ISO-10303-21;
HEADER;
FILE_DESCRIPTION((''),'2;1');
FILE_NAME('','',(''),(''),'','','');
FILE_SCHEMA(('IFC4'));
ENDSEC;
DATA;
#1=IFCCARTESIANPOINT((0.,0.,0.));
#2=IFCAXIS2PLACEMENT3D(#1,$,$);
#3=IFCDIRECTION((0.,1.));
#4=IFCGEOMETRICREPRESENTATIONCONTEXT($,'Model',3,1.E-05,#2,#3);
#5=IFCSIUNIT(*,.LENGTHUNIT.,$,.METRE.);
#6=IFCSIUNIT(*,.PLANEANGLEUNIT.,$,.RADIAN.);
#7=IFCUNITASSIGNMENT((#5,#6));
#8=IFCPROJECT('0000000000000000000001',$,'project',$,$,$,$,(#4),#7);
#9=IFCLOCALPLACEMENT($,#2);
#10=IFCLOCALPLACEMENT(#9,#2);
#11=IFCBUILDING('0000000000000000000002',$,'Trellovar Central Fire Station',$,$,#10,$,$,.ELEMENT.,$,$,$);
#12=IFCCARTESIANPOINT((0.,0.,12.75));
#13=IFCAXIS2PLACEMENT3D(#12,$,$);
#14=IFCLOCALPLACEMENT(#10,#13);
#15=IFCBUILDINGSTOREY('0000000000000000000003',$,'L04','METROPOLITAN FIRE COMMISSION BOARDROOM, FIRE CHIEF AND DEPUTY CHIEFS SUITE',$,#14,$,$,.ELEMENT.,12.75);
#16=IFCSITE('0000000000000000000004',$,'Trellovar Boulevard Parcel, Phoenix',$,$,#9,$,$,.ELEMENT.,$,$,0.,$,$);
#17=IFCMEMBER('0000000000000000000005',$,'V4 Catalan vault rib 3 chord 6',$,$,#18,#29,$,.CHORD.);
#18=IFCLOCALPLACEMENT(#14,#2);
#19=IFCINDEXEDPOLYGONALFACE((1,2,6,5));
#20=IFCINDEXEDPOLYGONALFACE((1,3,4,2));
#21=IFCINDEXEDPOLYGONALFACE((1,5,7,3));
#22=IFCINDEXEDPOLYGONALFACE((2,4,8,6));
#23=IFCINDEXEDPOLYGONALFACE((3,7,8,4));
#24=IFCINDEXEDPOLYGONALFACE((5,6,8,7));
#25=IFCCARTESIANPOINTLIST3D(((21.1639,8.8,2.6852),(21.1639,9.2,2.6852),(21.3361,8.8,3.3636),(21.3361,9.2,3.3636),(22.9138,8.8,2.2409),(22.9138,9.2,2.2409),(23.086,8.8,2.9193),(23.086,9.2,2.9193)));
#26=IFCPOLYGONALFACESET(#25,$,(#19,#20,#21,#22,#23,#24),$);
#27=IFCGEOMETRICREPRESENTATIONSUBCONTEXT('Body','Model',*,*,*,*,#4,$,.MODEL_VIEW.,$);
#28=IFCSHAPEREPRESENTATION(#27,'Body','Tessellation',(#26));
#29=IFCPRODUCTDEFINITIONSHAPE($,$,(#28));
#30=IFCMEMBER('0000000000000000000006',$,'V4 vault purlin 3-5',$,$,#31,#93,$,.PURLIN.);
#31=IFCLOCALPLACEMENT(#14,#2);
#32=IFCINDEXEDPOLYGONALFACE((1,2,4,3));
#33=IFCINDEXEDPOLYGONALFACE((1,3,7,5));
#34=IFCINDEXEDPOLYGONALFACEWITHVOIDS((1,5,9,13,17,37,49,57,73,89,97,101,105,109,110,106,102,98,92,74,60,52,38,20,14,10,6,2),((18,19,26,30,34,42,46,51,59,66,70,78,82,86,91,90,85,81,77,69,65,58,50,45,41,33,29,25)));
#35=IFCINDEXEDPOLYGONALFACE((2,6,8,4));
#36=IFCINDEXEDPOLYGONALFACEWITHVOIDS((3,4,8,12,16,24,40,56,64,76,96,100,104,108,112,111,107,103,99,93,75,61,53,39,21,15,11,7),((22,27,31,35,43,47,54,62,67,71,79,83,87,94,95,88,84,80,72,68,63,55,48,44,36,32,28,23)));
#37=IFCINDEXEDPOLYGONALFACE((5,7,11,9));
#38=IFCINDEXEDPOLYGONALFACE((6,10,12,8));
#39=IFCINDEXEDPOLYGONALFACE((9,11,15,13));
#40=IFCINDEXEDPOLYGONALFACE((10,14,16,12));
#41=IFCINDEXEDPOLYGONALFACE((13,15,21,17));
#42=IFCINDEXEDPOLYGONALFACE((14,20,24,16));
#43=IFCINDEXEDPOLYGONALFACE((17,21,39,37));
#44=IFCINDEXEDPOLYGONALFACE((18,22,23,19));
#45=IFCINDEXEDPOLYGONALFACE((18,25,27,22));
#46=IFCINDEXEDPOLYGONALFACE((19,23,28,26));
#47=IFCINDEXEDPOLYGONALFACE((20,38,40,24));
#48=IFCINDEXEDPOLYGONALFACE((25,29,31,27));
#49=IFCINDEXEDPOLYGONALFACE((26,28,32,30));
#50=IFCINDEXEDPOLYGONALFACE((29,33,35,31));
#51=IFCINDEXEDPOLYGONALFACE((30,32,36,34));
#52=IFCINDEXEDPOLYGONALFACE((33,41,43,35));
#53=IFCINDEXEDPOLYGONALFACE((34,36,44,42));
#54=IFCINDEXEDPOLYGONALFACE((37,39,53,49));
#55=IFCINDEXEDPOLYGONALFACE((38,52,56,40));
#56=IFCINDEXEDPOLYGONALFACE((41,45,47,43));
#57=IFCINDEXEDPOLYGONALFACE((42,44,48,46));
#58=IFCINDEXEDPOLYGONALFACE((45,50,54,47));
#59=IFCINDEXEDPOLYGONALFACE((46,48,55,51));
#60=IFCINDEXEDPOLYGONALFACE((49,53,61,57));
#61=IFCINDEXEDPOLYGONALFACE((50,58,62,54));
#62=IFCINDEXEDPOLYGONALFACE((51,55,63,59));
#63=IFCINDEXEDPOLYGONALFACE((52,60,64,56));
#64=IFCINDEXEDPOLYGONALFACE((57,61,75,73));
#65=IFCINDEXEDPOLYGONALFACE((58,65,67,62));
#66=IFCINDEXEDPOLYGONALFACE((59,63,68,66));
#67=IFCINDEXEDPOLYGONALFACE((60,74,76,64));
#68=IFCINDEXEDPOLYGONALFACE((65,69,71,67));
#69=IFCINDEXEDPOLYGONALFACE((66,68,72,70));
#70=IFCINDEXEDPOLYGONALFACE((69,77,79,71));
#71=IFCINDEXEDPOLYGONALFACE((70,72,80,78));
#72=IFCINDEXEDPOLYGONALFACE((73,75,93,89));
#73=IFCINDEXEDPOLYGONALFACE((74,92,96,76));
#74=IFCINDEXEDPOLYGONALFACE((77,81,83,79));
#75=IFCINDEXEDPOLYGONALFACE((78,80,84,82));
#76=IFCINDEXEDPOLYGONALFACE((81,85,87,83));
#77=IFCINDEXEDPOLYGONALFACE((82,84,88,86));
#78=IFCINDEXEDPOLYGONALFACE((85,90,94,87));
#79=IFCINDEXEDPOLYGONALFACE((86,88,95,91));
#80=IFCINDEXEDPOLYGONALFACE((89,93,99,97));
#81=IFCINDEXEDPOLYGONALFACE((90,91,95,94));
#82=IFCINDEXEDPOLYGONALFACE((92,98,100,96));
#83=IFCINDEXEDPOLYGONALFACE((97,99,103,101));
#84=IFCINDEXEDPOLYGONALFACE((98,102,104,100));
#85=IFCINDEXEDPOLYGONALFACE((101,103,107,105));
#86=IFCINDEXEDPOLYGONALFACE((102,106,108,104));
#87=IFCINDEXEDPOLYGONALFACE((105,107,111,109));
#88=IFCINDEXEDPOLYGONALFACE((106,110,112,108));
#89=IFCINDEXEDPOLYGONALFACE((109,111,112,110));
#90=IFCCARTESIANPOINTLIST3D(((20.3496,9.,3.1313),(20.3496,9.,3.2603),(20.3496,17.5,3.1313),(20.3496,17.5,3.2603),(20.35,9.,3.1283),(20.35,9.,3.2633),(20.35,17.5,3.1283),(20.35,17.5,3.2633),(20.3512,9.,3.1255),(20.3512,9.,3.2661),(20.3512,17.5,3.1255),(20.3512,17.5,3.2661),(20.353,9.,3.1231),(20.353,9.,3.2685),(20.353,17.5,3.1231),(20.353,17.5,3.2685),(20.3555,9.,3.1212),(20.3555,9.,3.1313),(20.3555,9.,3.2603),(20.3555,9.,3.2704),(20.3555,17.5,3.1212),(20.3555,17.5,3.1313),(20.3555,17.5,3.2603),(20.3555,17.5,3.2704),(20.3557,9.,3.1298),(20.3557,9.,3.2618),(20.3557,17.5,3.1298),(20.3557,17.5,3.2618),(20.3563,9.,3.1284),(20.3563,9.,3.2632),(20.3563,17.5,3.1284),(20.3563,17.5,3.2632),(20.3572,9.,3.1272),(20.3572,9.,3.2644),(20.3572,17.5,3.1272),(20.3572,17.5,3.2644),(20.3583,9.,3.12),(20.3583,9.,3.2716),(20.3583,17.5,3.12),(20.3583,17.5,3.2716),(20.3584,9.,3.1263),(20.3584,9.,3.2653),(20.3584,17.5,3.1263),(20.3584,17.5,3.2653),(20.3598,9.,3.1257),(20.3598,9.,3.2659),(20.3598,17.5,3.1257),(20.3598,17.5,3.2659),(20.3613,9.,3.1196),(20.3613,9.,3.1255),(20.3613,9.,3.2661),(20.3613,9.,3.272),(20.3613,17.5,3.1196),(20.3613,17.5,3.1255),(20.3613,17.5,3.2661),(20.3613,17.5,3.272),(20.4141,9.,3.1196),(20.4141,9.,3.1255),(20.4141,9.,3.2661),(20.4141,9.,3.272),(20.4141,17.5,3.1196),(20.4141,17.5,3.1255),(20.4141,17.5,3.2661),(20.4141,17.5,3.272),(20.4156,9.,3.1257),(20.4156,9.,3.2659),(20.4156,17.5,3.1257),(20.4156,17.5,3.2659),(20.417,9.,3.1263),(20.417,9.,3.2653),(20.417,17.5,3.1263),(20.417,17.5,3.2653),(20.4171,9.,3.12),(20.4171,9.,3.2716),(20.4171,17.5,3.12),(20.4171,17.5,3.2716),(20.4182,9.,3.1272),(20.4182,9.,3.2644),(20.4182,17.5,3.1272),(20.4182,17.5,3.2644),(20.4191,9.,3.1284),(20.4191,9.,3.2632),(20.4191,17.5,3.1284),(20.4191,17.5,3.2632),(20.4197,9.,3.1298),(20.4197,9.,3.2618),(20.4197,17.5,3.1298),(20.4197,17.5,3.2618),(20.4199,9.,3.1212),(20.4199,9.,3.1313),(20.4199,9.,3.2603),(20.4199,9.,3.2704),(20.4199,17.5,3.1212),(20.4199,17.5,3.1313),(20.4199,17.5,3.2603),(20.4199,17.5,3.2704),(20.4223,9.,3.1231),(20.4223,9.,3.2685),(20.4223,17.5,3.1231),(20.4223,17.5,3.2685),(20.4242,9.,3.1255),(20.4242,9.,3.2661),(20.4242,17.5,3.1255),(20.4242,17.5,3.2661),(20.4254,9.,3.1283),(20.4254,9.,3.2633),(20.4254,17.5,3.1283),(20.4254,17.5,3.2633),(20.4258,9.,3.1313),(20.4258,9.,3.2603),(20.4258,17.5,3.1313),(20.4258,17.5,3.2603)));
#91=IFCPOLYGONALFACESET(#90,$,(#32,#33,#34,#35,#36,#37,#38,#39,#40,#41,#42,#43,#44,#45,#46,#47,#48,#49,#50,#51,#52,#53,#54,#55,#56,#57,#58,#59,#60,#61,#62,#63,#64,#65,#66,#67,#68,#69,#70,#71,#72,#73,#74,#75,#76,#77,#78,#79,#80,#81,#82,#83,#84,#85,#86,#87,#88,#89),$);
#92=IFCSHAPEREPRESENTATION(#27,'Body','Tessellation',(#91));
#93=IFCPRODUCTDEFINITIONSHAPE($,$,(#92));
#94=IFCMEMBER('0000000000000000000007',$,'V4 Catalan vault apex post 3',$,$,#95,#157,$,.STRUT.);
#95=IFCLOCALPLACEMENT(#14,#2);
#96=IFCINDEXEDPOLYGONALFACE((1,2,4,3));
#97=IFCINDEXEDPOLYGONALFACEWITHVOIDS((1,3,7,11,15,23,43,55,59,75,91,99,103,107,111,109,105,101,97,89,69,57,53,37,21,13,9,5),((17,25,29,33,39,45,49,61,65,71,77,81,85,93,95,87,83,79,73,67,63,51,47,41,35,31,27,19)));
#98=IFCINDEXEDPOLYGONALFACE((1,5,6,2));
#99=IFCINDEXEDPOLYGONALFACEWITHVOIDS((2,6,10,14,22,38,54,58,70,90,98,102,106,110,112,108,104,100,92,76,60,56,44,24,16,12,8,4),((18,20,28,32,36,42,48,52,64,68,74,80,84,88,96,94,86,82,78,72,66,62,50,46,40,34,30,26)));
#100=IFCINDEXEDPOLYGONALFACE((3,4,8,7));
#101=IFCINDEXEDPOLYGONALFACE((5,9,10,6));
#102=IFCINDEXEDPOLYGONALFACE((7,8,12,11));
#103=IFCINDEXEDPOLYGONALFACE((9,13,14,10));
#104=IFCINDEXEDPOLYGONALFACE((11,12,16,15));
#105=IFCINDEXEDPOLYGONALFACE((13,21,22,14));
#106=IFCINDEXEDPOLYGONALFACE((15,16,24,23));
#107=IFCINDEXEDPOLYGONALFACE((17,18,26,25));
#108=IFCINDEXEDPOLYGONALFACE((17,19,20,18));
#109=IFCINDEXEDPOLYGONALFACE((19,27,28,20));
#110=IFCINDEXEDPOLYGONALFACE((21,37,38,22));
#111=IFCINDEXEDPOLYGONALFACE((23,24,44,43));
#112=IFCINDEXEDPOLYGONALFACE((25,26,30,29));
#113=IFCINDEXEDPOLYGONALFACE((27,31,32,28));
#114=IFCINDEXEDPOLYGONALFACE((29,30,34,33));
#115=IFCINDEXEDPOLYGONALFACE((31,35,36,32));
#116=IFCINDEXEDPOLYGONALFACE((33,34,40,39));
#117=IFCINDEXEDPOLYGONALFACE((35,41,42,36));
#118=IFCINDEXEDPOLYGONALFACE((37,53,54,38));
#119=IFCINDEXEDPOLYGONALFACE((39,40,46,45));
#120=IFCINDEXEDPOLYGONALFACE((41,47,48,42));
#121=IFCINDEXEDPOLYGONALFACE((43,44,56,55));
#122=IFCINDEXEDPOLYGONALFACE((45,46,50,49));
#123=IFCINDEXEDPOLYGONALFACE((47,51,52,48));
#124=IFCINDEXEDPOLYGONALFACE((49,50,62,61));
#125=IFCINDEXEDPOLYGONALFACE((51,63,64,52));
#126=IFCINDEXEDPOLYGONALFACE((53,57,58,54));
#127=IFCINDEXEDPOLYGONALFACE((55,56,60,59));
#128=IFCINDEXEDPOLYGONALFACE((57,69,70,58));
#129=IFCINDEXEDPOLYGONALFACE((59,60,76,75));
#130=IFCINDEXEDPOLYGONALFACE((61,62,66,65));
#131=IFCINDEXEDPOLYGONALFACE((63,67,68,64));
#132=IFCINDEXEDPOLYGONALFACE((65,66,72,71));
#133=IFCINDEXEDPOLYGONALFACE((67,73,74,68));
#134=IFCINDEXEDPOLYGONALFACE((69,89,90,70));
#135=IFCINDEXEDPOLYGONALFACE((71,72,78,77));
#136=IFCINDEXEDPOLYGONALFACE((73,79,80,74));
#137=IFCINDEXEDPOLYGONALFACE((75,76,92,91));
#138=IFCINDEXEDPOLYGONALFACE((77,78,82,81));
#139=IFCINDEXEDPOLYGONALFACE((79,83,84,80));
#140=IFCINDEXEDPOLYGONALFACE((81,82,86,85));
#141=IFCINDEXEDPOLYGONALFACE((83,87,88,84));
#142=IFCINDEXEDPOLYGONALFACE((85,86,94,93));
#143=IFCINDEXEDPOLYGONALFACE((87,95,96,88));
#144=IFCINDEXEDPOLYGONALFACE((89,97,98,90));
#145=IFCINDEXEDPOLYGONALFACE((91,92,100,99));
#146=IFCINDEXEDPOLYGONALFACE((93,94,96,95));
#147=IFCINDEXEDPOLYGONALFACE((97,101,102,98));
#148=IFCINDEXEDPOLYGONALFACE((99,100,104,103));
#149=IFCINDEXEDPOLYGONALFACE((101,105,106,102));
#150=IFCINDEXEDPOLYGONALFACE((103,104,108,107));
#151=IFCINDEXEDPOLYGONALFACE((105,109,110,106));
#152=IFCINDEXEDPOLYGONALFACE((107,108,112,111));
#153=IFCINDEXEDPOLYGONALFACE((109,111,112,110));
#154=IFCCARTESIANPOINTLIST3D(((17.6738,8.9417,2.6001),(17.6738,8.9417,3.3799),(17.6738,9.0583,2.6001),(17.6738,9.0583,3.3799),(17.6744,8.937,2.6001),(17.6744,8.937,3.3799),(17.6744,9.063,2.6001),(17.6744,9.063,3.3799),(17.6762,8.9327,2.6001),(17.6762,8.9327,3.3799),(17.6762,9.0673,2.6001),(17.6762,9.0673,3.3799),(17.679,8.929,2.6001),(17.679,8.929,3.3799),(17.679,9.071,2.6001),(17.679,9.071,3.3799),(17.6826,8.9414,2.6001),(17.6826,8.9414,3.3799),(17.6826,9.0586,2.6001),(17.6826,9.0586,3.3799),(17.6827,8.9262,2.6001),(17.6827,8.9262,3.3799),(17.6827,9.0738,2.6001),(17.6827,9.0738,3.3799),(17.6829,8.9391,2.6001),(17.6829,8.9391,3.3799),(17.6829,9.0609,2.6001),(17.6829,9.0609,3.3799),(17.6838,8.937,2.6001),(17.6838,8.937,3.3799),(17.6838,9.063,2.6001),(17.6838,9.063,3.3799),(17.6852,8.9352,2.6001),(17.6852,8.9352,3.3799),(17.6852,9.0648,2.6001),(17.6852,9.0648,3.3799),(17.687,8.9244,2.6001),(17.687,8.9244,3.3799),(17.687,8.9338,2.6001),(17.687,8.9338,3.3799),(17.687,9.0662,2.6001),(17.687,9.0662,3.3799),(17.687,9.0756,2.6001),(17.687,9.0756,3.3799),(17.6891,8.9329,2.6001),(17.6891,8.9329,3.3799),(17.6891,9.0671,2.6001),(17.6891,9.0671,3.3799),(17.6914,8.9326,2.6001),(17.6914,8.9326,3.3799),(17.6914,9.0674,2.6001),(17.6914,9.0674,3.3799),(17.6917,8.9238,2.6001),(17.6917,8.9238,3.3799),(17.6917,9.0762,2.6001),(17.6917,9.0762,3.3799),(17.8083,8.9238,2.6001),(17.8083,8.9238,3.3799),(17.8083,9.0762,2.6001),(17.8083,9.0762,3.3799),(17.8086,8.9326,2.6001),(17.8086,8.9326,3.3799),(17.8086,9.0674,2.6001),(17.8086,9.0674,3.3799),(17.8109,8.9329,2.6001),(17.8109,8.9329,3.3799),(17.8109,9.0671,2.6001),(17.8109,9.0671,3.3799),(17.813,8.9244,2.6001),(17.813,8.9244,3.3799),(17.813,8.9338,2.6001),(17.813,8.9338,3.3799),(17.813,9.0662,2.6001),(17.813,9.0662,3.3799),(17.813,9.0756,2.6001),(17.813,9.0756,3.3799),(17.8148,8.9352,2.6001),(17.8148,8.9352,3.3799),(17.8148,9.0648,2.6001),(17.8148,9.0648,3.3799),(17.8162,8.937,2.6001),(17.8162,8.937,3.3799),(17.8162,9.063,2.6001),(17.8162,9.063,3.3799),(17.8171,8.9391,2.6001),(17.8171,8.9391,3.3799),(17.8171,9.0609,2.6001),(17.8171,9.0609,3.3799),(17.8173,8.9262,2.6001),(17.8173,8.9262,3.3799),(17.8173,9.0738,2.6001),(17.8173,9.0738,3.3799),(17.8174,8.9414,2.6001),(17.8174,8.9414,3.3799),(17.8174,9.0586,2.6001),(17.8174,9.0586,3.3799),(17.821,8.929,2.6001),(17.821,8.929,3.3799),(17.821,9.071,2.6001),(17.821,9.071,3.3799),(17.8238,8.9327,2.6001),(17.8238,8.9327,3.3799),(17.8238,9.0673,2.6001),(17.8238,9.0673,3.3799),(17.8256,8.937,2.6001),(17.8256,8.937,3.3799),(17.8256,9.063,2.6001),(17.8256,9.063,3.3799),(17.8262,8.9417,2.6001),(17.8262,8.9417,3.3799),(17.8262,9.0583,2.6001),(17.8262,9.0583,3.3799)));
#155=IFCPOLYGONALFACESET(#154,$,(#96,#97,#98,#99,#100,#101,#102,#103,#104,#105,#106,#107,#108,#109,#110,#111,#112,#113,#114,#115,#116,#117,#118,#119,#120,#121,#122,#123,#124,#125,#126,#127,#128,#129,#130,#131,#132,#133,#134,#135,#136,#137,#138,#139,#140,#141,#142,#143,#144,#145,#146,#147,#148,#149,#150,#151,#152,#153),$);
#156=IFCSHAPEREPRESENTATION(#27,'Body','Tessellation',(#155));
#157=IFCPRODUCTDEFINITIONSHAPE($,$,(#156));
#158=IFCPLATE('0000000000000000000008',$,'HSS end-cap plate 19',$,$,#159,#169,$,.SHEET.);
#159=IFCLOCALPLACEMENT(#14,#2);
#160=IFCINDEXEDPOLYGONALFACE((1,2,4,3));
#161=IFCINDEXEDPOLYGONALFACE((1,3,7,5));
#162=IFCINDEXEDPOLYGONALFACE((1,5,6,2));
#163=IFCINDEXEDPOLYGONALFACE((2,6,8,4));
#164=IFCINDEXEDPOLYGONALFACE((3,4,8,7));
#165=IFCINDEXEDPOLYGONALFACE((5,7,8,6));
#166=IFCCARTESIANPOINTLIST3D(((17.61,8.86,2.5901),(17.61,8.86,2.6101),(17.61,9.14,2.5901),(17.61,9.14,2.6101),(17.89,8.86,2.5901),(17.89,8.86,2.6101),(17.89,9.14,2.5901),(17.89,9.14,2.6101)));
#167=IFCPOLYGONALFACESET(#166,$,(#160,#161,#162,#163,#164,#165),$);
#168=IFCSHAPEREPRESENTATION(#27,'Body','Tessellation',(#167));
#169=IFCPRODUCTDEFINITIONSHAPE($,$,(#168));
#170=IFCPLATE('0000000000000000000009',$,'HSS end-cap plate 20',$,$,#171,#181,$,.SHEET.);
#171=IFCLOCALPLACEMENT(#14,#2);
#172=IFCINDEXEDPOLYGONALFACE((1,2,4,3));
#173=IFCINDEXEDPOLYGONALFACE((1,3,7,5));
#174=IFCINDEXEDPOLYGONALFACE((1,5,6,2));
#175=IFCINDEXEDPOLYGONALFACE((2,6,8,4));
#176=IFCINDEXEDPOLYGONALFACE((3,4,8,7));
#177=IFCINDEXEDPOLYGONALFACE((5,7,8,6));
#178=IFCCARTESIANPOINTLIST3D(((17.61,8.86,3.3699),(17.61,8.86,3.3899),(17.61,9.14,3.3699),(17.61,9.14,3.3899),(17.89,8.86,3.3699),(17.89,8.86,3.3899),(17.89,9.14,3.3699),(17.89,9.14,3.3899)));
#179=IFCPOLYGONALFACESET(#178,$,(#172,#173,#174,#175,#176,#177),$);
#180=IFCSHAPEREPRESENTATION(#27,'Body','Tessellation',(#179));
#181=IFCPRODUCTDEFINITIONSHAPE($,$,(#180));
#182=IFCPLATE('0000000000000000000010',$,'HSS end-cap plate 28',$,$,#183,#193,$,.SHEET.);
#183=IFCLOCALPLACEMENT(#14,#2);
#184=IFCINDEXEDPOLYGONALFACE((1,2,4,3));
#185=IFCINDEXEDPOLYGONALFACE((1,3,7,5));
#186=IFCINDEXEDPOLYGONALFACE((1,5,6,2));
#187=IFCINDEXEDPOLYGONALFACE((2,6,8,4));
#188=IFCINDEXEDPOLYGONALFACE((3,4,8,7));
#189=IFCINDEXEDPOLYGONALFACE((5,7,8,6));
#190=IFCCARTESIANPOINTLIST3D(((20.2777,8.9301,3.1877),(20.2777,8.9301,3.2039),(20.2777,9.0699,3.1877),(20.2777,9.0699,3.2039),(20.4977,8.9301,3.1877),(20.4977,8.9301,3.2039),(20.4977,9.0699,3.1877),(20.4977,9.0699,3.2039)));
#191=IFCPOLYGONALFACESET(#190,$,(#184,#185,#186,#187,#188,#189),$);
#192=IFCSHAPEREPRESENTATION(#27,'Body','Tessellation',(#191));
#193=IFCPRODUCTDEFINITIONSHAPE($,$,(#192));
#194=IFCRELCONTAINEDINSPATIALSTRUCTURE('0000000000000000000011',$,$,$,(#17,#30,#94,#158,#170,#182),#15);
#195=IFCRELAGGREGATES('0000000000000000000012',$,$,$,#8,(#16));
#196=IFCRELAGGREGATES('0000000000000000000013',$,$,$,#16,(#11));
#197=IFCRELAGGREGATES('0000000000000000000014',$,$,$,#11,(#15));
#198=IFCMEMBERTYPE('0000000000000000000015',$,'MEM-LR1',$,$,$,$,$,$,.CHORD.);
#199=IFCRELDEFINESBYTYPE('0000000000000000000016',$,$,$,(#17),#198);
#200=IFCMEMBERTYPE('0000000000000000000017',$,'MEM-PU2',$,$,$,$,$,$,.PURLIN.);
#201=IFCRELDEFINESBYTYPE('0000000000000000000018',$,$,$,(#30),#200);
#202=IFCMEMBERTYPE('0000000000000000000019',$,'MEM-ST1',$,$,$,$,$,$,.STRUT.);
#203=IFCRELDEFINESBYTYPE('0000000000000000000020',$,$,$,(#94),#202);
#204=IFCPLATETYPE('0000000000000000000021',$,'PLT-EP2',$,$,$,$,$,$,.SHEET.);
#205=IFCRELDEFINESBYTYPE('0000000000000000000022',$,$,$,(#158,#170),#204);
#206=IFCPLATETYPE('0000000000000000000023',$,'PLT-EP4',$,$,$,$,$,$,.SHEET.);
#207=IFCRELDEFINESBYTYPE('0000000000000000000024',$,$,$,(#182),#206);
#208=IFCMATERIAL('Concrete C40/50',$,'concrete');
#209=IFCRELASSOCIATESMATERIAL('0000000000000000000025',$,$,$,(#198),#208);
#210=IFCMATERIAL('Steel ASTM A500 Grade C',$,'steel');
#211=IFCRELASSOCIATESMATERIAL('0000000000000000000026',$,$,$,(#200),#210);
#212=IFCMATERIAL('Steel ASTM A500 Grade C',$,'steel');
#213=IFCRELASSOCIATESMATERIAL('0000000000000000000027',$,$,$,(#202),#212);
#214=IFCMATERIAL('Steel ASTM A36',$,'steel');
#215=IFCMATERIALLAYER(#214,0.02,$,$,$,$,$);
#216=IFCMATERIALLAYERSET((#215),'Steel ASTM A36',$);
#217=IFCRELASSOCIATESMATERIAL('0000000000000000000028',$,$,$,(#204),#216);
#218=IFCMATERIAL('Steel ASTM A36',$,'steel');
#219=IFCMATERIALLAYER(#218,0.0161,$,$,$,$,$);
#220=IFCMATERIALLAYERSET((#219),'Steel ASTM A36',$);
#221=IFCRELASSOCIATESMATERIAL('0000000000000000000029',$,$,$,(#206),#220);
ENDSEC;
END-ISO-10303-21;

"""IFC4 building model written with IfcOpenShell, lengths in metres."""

from ifc_helpers import new_model, si_unit, direction, frame, origin, origin_2d, place, context, subcontext, project, spatial, rectangle, hollow_rectangle, extrude, material, layer, layer_set, material_profile, profile_set, type_object, element, save


model = new_model("IFC4")

# Units and contexts
model_context = context("Model", 3, precision=1e-05, world=origin(), true_north=direction((0.0, 1.0)))
body_context = subcontext(model_context, "Body", "Model", "MODEL_VIEW")
ifc_project = project(units=[si_unit("LENGTHUNIT", "METRE"), si_unit("PLANEANGLEUNIT", "RADIAN")], contexts=[model_context])

# Site, building, storey
site_placement = place(None, origin())
site = spatial("IfcSite", under=ifc_project, at=site_placement, Name="Trellovar Boulevard Parcel, Phoenix", CompositionType="ELEMENT", RefElevation=0.0)
building_placement = place(site_placement, origin())
building = spatial("IfcBuilding", under=site, at=building_placement, Name="Trellovar Central Fire Station", CompositionType="ELEMENT")
storey_placement = place(building_placement, frame((0.0, 0.0, 12.75)))
storey = spatial("IfcBuildingStorey", under=building, at=storey_placement, Name="L04", Description="METROPOLITAN FIRE COMMISSION BOARDROOM, FIRE CHIEF AND DEPUTY CHIEFS SUITE", CompositionType="ELEMENT", Elevation=12.75)

# Members
ifc_material_1 = material(Name="Concrete C40/50", Category="concrete")
ifc_material_profile_1 = material_profile(ifc_material_1, rectangle(XDim=0.3999, YDim=0.7, at=origin_2d()), Name="RC400X700")
ifc_profile_set_1 = profile_set([ifc_material_profile_1], Name="Concrete C40/50")
member_type_1 = type_object("IfcMemberType", Name="MEM-LR1", PredefinedType="CHORD", material=ifc_profile_set_1)
member_1_placement = place(storey_placement, frame((21.25, 9.0, 3.0244), z_axis=(0.969245, 0.0, -0.246097), x_axis=(0.0, 1.0, 0.0)))
element("IfcMember", 1, at=member_1_placement, inside=storey, type_object=member_type_1, Name="V4 Catalan vault rib 3 chord 6", PredefinedType="CHORD", context=body_context, shape_type="SweptSolid", body=[
    extrude(rectangle(XDim=0.3999, YDim=0.7, at=origin_2d()), origin(), (0.0, 0.0, 1.0), 1.8054),
])
ifc_material_2 = material(Name="Steel ASTM A500 Grade C", Category="steel")
ifc_material_profile_2 = material_profile(ifc_material_2, hollow_rectangle(XDim=0.0762, YDim=0.1523, WallThickness=0.0059, InnerFilletRadius=0.0059, OuterFilletRadius=0.0117, at=origin_2d()), Name="HSS6X3X1/4")
ifc_profile_set_2 = profile_set([ifc_material_profile_2], Name="Steel ASTM A500 Grade C")
member_type_2 = type_object("IfcMemberType", Name="MEM-PU2", PredefinedType="PURLIN", material=ifc_profile_set_2)
member_2_placement = place(storey_placement, frame((20.3877, 9.0, 3.1958), z_axis=(0.0, 1.0, 0.0), x_axis=(-1.0, 0.0, 0.0)))
element("IfcMember", 2, at=member_2_placement, inside=storey, type_object=member_type_2, Name="V4 vault purlin 3-5", PredefinedType="PURLIN", context=body_context, shape_type="SweptSolid", body=[
    extrude(hollow_rectangle(XDim=0.0762, YDim=0.1523, WallThickness=0.0059, InnerFilletRadius=0.0059, OuterFilletRadius=0.0117, at=origin_2d()), origin(), (0.0, 0.0, 1.0), 8.5),
])
ifc_material_3 = material(Name="Steel ASTM A500 Grade C", Category="steel")
ifc_material_profile_3 = material_profile(ifc_material_3, hollow_rectangle(XDim=0.1523, YDim=0.1523, WallThickness=0.0088, InnerFilletRadius=0.0088, OuterFilletRadius=0.0178, at=origin_2d()), Name="HSS6X6X3/8")
ifc_profile_set_3 = profile_set([ifc_material_profile_3], Name="Steel ASTM A500 Grade C")
member_type_3 = type_object("IfcMemberType", Name="MEM-ST1", PredefinedType="STRUT", material=ifc_profile_set_3)
member_3_placement = place(storey_placement, frame((17.75, 9.0, 2.6001), z_axis=(0.0, 0.0, 1.0), x_axis=(1.0, 0.0, 0.0)))
element("IfcMember", 3, at=member_3_placement, inside=storey, type_object=member_type_3, Name="V4 Catalan vault apex post 3", PredefinedType="STRUT", context=body_context, shape_type="SweptSolid", body=[
    extrude(hollow_rectangle(XDim=0.1523, YDim=0.1523, WallThickness=0.0088, InnerFilletRadius=0.0088, OuterFilletRadius=0.0178, at=origin_2d()), origin(), (0.0, 0.0, 1.0), 0.7798),
])

# Plates
ifc_material_4 = material(Name="Steel ASTM A36", Category="steel")
ifc_layer_1 = layer(ifc_material_4, 0.02)
ifc_layer_set_1 = layer_set([ifc_layer_1], Name="Steel ASTM A36")
plate_type_1 = type_object("IfcPlateType", Name="PLT-EP2", PredefinedType="SHEET", material=ifc_layer_set_1)
for number, where, z_axis, x_axis, name in (
    (4, (17.75, 9.0, 2.5901), (0.0, 0.0, 1.0), (1.0, 0.0, 0.0), "HSS end-cap plate 19"),
    (5, (17.75, 9.0, 3.3699), (0.0, 0.0, 1.0), (1.0, 0.0, 0.0), "HSS end-cap plate 20"),
):
    element("IfcPlate", number, at=place(storey_placement, frame(where, z_axis=z_axis, x_axis=x_axis)), inside=storey, type_object=plate_type_1, Name=name, PredefinedType="SHEET", context=body_context, shape_type="SweptSolid", body=[
        extrude(rectangle(XDim=0.28, YDim=0.28, at=origin_2d()), origin(), (0.0, 0.0, 1.0), 0.02),
    ])
ifc_material_5 = material(Name="Steel ASTM A36", Category="steel")
ifc_layer_2 = layer(ifc_material_5, 0.0161)
ifc_layer_set_2 = layer_set([ifc_layer_2], Name="Steel ASTM A36")
plate_type_2 = type_object("IfcPlateType", Name="PLT-EP4", PredefinedType="SHEET", material=ifc_layer_set_2)
plate_placement = place(storey_placement, frame((20.3877, 9.0, 3.1877), z_axis=(0.0, 0.0, 1.0), x_axis=(1.0, 0.0, 0.0)))
element("IfcPlate", 6, at=plate_placement, inside=storey, type_object=plate_type_2, Name="HSS end-cap plate 28", PredefinedType="SHEET", context=body_context, shape_type="SweptSolid", body=[
    extrude(rectangle(XDim=0.22, YDim=0.1399, at=origin_2d()), origin(), (0.0, 0.0, 1.0), 0.0161),
])

save(model, "model.ifc")
